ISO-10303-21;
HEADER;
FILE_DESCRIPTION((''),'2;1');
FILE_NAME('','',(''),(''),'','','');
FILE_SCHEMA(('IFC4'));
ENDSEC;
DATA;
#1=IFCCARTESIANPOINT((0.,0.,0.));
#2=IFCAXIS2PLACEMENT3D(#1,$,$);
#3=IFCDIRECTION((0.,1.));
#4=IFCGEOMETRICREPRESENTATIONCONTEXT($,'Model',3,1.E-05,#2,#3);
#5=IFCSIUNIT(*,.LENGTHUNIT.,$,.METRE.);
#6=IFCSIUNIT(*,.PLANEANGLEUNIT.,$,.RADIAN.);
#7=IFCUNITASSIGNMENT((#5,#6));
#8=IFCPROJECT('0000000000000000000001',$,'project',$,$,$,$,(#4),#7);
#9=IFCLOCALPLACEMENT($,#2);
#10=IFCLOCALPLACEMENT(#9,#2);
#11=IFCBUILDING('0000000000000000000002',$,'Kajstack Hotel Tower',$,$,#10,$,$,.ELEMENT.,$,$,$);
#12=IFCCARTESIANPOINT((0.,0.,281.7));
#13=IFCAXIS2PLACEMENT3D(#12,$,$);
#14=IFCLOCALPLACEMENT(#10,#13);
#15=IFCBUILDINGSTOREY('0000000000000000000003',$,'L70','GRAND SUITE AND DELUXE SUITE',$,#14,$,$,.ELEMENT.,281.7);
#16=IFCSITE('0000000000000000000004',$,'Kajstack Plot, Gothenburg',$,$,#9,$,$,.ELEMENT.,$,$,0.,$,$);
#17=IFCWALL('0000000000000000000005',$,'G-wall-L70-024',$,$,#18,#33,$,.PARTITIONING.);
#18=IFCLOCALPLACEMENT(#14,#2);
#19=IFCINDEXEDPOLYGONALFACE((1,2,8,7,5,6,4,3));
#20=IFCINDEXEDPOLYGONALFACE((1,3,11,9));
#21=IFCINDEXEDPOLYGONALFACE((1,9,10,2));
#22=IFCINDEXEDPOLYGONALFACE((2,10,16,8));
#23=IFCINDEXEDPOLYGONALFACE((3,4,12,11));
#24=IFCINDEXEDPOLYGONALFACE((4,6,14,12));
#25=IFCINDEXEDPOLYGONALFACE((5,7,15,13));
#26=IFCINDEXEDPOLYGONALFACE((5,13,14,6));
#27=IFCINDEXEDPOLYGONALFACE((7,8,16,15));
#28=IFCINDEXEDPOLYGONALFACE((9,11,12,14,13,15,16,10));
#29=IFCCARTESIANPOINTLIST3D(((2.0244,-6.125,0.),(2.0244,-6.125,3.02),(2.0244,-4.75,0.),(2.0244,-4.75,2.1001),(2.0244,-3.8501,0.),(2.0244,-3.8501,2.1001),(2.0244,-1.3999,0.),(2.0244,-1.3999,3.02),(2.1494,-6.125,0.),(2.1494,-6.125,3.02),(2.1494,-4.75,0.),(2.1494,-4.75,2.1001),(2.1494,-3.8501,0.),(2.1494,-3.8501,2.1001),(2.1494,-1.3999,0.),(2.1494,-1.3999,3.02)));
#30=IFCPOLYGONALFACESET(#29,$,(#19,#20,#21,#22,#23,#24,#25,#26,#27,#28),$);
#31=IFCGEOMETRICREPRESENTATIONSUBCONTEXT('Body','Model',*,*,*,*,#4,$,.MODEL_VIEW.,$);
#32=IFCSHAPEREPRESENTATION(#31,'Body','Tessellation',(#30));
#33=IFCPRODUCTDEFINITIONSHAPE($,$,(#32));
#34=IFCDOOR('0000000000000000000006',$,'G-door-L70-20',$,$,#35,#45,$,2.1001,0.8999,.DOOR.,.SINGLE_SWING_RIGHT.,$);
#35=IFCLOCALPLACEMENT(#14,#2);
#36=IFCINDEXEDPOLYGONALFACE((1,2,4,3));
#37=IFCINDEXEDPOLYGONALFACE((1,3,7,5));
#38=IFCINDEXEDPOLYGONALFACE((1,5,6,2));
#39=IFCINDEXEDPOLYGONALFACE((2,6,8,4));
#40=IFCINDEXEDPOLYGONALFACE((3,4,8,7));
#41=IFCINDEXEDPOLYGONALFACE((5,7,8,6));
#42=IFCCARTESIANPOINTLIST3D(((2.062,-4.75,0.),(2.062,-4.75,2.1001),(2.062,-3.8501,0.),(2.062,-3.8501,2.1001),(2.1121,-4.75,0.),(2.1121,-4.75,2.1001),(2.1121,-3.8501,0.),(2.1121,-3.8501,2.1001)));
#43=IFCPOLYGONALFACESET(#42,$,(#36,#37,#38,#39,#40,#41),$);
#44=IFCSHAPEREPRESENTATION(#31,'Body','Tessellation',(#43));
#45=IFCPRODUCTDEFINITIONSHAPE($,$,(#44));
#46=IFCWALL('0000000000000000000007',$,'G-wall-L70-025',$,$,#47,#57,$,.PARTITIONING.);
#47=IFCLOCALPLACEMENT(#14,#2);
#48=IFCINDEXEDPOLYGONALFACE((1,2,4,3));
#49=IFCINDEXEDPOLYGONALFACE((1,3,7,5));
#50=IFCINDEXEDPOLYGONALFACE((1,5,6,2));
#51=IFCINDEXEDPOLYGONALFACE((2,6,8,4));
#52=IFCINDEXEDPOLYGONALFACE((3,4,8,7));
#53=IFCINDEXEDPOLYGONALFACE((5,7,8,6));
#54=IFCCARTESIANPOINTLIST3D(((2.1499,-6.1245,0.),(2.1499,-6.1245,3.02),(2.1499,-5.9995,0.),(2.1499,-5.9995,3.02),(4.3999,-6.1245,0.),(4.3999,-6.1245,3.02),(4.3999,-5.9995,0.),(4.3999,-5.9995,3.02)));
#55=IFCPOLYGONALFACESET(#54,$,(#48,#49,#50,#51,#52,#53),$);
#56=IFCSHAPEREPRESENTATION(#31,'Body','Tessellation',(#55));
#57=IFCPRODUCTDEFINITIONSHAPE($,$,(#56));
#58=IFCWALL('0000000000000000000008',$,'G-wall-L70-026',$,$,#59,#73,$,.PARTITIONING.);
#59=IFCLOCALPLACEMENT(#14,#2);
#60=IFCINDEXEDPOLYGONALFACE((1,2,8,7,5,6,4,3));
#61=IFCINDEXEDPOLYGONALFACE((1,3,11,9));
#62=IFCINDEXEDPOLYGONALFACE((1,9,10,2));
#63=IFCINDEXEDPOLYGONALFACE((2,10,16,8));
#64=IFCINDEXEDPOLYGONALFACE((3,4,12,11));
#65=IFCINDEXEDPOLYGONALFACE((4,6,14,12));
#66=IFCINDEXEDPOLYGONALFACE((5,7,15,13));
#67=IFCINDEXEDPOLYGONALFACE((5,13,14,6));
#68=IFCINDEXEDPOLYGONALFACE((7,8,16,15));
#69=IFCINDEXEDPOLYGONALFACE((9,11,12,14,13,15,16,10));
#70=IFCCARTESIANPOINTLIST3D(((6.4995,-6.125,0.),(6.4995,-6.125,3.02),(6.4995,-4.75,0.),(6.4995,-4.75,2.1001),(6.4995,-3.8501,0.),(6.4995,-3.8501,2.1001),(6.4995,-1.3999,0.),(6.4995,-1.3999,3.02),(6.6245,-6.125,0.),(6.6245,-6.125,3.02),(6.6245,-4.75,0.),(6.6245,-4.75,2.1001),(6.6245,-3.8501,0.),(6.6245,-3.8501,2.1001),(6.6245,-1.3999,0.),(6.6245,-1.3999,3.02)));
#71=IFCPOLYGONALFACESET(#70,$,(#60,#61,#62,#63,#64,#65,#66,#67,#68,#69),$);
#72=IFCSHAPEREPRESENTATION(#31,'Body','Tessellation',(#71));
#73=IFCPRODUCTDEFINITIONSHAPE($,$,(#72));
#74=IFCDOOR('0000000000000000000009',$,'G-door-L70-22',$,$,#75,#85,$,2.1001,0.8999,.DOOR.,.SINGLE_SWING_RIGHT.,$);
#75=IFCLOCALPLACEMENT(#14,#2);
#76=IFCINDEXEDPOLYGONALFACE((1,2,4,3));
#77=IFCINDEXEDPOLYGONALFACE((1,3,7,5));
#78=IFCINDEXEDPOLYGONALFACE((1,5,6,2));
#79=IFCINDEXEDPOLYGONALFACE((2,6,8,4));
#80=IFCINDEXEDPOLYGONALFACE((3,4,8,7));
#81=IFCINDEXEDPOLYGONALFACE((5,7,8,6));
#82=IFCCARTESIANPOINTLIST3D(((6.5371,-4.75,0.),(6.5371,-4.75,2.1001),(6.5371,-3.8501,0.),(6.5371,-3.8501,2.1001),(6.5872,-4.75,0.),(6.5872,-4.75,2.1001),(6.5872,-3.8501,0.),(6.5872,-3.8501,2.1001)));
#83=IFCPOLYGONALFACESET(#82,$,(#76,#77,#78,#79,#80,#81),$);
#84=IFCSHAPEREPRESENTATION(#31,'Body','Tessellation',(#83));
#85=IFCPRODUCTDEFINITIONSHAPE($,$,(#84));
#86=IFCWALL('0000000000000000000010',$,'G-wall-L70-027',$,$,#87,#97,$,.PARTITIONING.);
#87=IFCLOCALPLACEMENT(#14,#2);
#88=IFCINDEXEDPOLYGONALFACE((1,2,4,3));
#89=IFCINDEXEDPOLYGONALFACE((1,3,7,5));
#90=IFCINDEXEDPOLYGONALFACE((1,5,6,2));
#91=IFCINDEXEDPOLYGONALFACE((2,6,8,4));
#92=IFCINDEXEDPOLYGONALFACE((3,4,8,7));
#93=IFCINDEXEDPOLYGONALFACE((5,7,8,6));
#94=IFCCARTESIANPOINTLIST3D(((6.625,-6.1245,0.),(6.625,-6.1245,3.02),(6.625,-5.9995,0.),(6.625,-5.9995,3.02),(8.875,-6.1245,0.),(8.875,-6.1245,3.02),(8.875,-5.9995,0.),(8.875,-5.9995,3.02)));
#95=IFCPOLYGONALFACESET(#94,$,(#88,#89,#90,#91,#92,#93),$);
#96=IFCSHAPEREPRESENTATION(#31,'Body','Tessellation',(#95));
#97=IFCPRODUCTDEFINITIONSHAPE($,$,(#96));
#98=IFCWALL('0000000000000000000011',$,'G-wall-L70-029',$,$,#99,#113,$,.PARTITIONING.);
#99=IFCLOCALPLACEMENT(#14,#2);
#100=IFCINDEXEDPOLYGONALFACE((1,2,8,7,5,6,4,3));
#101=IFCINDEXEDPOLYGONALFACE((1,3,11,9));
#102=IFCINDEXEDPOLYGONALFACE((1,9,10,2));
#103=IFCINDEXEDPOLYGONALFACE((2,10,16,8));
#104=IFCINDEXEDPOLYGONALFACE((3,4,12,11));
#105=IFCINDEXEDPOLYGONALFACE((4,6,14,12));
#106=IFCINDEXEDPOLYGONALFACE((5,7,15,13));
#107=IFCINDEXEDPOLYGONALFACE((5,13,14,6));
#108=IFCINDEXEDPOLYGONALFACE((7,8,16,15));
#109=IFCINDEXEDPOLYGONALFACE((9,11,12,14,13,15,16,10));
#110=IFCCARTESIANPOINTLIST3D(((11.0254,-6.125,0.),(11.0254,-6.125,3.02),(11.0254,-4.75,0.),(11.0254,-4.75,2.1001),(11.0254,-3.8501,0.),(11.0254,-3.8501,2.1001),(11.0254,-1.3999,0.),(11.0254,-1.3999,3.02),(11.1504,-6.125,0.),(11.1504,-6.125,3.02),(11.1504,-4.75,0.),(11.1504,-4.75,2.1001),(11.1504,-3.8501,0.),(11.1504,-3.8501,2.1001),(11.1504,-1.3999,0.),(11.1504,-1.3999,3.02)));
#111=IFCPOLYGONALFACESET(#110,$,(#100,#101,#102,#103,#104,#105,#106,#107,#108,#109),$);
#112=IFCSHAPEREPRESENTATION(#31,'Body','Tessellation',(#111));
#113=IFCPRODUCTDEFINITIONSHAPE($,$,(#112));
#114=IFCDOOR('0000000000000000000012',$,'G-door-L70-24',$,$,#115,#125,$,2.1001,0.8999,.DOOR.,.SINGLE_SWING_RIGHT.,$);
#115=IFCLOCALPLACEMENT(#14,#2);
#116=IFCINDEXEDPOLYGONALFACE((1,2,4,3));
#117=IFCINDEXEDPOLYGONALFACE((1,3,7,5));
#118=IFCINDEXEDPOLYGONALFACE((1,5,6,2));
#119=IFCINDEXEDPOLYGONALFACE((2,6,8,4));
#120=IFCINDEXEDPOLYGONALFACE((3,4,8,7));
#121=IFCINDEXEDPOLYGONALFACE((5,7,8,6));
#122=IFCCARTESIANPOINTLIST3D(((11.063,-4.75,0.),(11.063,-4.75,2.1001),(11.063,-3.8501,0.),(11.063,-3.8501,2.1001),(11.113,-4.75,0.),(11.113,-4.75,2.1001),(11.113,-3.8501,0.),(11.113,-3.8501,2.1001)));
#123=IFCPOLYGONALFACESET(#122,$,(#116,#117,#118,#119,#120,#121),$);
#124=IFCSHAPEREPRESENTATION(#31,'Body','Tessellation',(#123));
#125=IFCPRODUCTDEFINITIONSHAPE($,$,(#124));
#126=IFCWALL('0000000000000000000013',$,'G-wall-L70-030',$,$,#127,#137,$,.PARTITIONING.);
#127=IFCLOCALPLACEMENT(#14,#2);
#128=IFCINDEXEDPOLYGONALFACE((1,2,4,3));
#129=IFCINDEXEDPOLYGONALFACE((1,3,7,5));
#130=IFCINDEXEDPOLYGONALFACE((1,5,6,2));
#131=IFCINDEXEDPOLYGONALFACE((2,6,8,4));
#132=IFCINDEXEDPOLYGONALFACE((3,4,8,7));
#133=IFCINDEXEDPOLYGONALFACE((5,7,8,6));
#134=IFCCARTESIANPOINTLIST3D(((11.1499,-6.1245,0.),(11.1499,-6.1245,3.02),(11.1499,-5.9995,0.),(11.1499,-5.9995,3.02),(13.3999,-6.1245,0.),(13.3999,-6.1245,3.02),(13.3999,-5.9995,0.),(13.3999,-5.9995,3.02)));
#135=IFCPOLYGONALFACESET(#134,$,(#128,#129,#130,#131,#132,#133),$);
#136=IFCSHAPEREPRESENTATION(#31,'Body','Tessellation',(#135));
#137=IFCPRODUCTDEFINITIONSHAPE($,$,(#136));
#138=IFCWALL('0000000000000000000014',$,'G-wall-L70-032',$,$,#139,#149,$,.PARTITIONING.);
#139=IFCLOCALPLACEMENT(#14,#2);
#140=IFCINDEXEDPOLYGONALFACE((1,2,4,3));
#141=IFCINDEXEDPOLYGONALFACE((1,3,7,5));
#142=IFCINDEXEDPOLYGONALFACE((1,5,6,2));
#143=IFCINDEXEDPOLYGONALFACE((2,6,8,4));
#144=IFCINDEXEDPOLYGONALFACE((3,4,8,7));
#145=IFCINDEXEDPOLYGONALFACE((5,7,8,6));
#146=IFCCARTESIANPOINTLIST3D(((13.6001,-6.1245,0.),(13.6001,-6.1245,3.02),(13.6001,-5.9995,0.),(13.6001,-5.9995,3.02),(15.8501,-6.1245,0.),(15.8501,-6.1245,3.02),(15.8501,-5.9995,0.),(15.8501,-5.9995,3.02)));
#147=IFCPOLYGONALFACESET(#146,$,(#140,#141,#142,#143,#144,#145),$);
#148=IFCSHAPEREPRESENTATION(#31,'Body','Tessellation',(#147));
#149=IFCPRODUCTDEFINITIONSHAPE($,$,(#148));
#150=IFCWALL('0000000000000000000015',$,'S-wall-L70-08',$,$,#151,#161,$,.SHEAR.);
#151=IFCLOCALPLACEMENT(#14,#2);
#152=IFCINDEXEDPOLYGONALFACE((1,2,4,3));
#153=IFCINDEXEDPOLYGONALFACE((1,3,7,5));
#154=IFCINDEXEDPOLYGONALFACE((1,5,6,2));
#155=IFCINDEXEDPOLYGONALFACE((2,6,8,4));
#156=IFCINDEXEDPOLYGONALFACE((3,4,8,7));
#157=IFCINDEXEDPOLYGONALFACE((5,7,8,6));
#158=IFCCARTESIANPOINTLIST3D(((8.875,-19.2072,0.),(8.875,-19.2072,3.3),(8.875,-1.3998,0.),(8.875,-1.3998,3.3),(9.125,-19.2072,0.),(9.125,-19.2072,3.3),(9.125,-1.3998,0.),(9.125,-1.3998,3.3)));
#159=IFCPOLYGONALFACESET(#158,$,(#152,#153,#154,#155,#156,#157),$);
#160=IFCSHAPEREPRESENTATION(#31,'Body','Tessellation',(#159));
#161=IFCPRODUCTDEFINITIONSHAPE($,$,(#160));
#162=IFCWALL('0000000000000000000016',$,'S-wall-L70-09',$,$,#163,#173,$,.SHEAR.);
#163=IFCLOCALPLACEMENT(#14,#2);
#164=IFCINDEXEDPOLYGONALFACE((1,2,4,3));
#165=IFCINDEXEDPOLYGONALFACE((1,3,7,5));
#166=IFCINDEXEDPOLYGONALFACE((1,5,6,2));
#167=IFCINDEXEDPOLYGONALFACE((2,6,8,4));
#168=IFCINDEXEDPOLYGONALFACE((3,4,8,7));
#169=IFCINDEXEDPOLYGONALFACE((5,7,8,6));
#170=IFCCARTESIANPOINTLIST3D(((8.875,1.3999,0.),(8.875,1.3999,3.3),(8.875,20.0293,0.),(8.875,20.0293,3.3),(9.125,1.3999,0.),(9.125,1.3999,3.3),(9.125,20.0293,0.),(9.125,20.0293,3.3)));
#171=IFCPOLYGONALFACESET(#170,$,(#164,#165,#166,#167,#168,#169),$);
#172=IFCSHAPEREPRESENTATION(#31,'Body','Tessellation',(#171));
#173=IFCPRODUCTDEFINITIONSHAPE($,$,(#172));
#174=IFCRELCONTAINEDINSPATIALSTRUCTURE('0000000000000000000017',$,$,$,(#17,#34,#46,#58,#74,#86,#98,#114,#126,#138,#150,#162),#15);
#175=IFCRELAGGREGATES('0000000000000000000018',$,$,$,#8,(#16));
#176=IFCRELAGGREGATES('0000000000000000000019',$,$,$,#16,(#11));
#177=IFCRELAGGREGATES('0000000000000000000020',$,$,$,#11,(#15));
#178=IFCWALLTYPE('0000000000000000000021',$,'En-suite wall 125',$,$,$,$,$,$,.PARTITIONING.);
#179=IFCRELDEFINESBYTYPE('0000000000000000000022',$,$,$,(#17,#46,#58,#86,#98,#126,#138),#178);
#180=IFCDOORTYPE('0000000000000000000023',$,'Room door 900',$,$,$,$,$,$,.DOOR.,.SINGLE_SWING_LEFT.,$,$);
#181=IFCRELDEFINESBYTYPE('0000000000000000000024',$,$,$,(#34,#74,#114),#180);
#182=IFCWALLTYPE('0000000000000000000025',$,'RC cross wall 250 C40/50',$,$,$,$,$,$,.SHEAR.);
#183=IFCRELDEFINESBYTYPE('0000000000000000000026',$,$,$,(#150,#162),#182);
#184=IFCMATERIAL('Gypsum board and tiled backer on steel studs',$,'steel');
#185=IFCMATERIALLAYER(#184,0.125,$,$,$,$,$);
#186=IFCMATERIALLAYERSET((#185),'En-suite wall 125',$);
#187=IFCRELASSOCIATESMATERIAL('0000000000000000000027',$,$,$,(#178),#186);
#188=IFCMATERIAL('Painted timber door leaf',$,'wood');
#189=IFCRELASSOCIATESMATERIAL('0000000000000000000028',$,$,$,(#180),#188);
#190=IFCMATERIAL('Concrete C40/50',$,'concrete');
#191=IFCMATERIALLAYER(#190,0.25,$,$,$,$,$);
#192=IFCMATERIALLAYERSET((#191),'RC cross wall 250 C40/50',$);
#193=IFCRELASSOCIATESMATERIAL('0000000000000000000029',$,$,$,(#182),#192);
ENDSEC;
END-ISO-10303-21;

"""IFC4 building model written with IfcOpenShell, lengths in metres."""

from ifc_helpers import new_model, si_unit, direction, frame, frame_2d, origin, place, context, subcontext, project, spatial, rectangle, extrude, material, layer, layer_set, type_object, element, fill, save


model = new_model("IFC4")

# Units and contexts
model_context = context("Model", 3, precision=1e-05, world=origin(), true_north=direction((0.0, 1.0)))
body_context = subcontext(model_context, "Body", "Model", "MODEL_VIEW")
ifc_project = project(units=[si_unit("LENGTHUNIT", "METRE"), si_unit("PLANEANGLEUNIT", "RADIAN")], contexts=[model_context])

# Site, building, storey
site_placement = place(None, origin())
site = spatial("IfcSite", under=ifc_project, at=site_placement, Name="Kajstack Plot, Gothenburg", CompositionType="ELEMENT", RefElevation=0.0)
building_placement = place(site_placement, origin())
building = spatial("IfcBuilding", under=site, at=building_placement, Name="Kajstack Hotel Tower", CompositionType="ELEMENT")
storey_placement = place(building_placement, frame((0.0, 0.0, 281.7)))
storey = spatial("IfcBuildingStorey", under=building, at=storey_placement, Name="L70", Description="GRAND SUITE AND DELUXE SUITE", CompositionType="ELEMENT", Elevation=281.7)

# Shared definitions
ifc_material_1 = material(Name="Concrete C40/50", Category="concrete")

# Wall, opening, door
ifc_material_2 = material(Name="Gypsum board and tiled backer on steel studs", Category="steel")
ifc_layer_1 = layer(ifc_material_2, 0.125)
ifc_layer_set_1 = layer_set([ifc_layer_1], Name="En-suite wall 125")
wall_type_1 = type_object("IfcWallType", Name="En-suite wall 125", PredefinedType="PARTITIONING", material=ifc_layer_set_1)
ifc_material_3 = material(Name="Painted timber door leaf", Category="wood")
door_type_1 = type_object("IfcDoorType", Name="Room door 900", OperationType="SINGLE_SWING_LEFT", PredefinedType="DOOR", material=ifc_material_3)
wall_1_placement = place(storey_placement, frame((2.0869, -6.125, 0.0), z_axis=(0.0, 0.0, 1.0), x_axis=(0.0, 1.0, 0.0)))
wall_1 = element("IfcWall", 1, at=wall_1_placement, inside=storey, type_object=wall_type_1, Name="G-wall-L70-024", PredefinedType="PARTITIONING", context=body_context, shape_type="SweptSolid", body=[
    extrude(rectangle(XDim=4.7251, YDim=0.125, at=frame_2d((2.3625, 0.0))), origin(), (0.0, 0.0, 1.0), 3.02),
])
opening_1_placement = place(wall_1_placement, frame((1.375, 0.0, 0.0)))
opening_1 = element("IfcOpeningElement", 2, at=opening_1_placement, cuts=wall_1, PredefinedType="OPENING", context=body_context, shape_type="SweptSolid", body=[
    extrude(rectangle(XDim=0.8999, YDim=2.1001, at=frame_2d((0.45, 1.05))), frame((0.0, 0.0725, 0.0), z_axis=(0.0, -1.0, 0.0), x_axis=(1.0, 0.0, 0.0)), (0.0, 0.0, 1.0), 0.145),
])
door_1_placement = place(opening_1_placement, origin())
door_1 = element("IfcDoor", 3, at=door_1_placement, inside=storey, type_object=door_type_1, Name="G-door-L70-20", OperationType="SINGLE_SWING_RIGHT", OverallHeight=2.1001, OverallWidth=0.8999, PredefinedType="DOOR", context=body_context, shape_type="SweptSolid", body=[
    extrude(rectangle(XDim=0.8999, YDim=2.1001, at=frame_2d((0.45, 1.05))), frame((0.0, 0.0249, 0.0), z_axis=(0.0, -1.0, 0.0), x_axis=(1.0, 0.0, 0.0)), (0.0, 0.0, 1.0), 0.05),
])
fill(opening_1, door_1)

# Wall
wall_2_placement = place(storey_placement, frame((2.1499, -6.062, 0.0), z_axis=(0.0, 0.0, 1.0), x_axis=(1.0, 0.0, 0.0)))
element("IfcWall", 4, at=wall_2_placement, inside=storey, type_object=wall_type_1, Name="G-wall-L70-025", PredefinedType="PARTITIONING", context=body_context, shape_type="SweptSolid", body=[
    extrude(rectangle(XDim=2.25, YDim=0.125, at=frame_2d((1.125, 0.0))), origin(), (0.0, 0.0, 1.0), 3.02),
])

# Wall, opening, door
wall_3_placement = place(storey_placement, frame((6.562, -6.125, 0.0), z_axis=(0.0, 0.0, 1.0), x_axis=(0.0, 1.0, 0.0)))
wall_3 = element("IfcWall", 5, at=wall_3_placement, inside=storey, type_object=wall_type_1, Name="G-wall-L70-026", PredefinedType="PARTITIONING", context=body_context, shape_type="SweptSolid", body=[
    extrude(rectangle(XDim=4.7251, YDim=0.125, at=frame_2d((2.3625, 0.0))), origin(), (0.0, 0.0, 1.0), 3.02),
])
opening_2_placement = place(wall_3_placement, frame((1.375, 0.0, 0.0)))
opening_2 = element("IfcOpeningElement", 6, at=opening_2_placement, cuts=wall_3, PredefinedType="OPENING", context=body_context, shape_type="SweptSolid", body=[
    extrude(rectangle(XDim=0.8999, YDim=2.1001, at=frame_2d((0.45, 1.05))), frame((0.0, 0.0725, 0.0), z_axis=(0.0, -1.0, 0.0), x_axis=(1.0, 0.0, 0.0)), (0.0, 0.0, 1.0), 0.145),
])
door_2_placement = place(opening_2_placement, origin())
door_2 = element("IfcDoor", 7, at=door_2_placement, inside=storey, type_object=door_type_1, Name="G-door-L70-22", OperationType="SINGLE_SWING_RIGHT", OverallHeight=2.1001, OverallWidth=0.8999, PredefinedType="DOOR", context=body_context, shape_type="SweptSolid", body=[
    extrude(rectangle(XDim=0.8999, YDim=2.1001, at=frame_2d((0.45, 1.05))), frame((0.0, 0.0249, 0.0), z_axis=(0.0, -1.0, 0.0), x_axis=(1.0, 0.0, 0.0)), (0.0, 0.0, 1.0), 0.05),
])
fill(opening_2, door_2)

# Wall
wall_4_placement = place(storey_placement, frame((6.625, -6.062, 0.0), z_axis=(0.0, 0.0, 1.0), x_axis=(1.0, 0.0, 0.0)))
element("IfcWall", 8, at=wall_4_placement, inside=storey, type_object=wall_type_1, Name="G-wall-L70-027", PredefinedType="PARTITIONING", context=body_context, shape_type="SweptSolid", body=[
    extrude(rectangle(XDim=2.25, YDim=0.125, at=frame_2d((1.125, 0.0))), origin(), (0.0, 0.0, 1.0), 3.02),
])

# Wall, opening, door
wall_5_placement = place(storey_placement, frame((11.0879, -6.125, 0.0), z_axis=(0.0, 0.0, 1.0), x_axis=(0.0, 1.0, 0.0)))
wall_5 = element("IfcWall", 9, at=wall_5_placement, inside=storey, type_object=wall_type_1, Name="G-wall-L70-029", PredefinedType="PARTITIONING", context=body_context, shape_type="SweptSolid", body=[
    extrude(rectangle(XDim=4.7251, YDim=0.125, at=frame_2d((2.3625, 0.0))), origin(), (0.0, 0.0, 1.0), 3.02),
])
opening_3_placement = place(wall_5_placement, frame((1.375, 0.0, 0.0)))
opening_3 = element("IfcOpeningElement", 10, at=opening_3_placement, cuts=wall_5, PredefinedType="OPENING", context=body_context, shape_type="SweptSolid", body=[
    extrude(rectangle(XDim=0.8999, YDim=2.1001, at=frame_2d((0.45, 1.05))), frame((0.0, 0.0725, 0.0), z_axis=(0.0, -1.0, 0.0), x_axis=(1.0, 0.0, 0.0)), (0.0, 0.0, 1.0), 0.145),
])
door_3_placement = place(opening_3_placement, origin())
door_3 = element("IfcDoor", 11, at=door_3_placement, inside=storey, type_object=door_type_1, Name="G-door-L70-24", OperationType="SINGLE_SWING_RIGHT", OverallHeight=2.1001, OverallWidth=0.8999, PredefinedType="DOOR", context=body_context, shape_type="SweptSolid", body=[
    extrude(rectangle(XDim=0.8999, YDim=2.1001, at=frame_2d((0.45, 1.05))), frame((0.0, 0.0249, 0.0), z_axis=(0.0, -1.0, 0.0), x_axis=(1.0, 0.0, 0.0)), (0.0, 0.0, 1.0), 0.05),
])
fill(opening_3, door_3)

# Walls
for number, where, z_axis, x_axis, name in (
    (12, (11.1499, -6.062, 0.0), (0.0, 0.0, 1.0), (1.0, 0.0, 0.0), "G-wall-L70-030"),
    (13, (13.6001, -6.062, 0.0), (0.0, 0.0, 1.0), (1.0, 0.0, 0.0), "G-wall-L70-032"),
):
    element("IfcWall", number, at=place(storey_placement, frame(where, z_axis=z_axis, x_axis=x_axis)), inside=storey, type_object=wall_type_1, Name=name, PredefinedType="PARTITIONING", context=body_context, shape_type="SweptSolid", body=[
        extrude(rectangle(XDim=2.25, YDim=0.125, at=frame_2d((1.125, 0.0))), origin(), (0.0, 0.0, 1.0), 3.02),
    ])
ifc_layer_2 = layer(ifc_material_1, 0.25)
ifc_layer_set_2 = layer_set([ifc_layer_2], Name="RC cross wall 250 C40/50")
wall_type_2 = type_object("IfcWallType", Name="RC cross wall 250 C40/50", PredefinedType="SHEAR", material=ifc_layer_set_2)
wall_6_placement = place(storey_placement, frame((9.0, -19.2073, 0.0), z_axis=(0.0, 0.0, 1.0), x_axis=(0.0, 1.0, 0.0)))
element("IfcWall", 14, at=wall_6_placement, inside=storey, type_object=wall_type_2, Name="S-wall-L70-08", PredefinedType="SHEAR", context=body_context, shape_type="SweptSolid", body=[
    extrude(rectangle(XDim=17.8074, YDim=0.25, at=frame_2d((8.9038, 0.0))), origin(), (0.0, 0.0, 1.0), 3.3),
])
wall_7_placement = place(storey_placement, frame((9.0, 1.3999, 0.0), z_axis=(0.0, 0.0, 1.0), x_axis=(0.0, 1.0, 0.0)))
element("IfcWall", 15, at=wall_7_placement, inside=storey, type_object=wall_type_2, Name="S-wall-L70-09", PredefinedType="SHEAR", context=body_context, shape_type="SweptSolid", body=[
    extrude(rectangle(XDim=18.6294, YDim=0.25, at=frame_2d((9.3147, 0.0))), origin(), (0.0, 0.0, 1.0), 3.3),
])

save(model, "model.ifc")
